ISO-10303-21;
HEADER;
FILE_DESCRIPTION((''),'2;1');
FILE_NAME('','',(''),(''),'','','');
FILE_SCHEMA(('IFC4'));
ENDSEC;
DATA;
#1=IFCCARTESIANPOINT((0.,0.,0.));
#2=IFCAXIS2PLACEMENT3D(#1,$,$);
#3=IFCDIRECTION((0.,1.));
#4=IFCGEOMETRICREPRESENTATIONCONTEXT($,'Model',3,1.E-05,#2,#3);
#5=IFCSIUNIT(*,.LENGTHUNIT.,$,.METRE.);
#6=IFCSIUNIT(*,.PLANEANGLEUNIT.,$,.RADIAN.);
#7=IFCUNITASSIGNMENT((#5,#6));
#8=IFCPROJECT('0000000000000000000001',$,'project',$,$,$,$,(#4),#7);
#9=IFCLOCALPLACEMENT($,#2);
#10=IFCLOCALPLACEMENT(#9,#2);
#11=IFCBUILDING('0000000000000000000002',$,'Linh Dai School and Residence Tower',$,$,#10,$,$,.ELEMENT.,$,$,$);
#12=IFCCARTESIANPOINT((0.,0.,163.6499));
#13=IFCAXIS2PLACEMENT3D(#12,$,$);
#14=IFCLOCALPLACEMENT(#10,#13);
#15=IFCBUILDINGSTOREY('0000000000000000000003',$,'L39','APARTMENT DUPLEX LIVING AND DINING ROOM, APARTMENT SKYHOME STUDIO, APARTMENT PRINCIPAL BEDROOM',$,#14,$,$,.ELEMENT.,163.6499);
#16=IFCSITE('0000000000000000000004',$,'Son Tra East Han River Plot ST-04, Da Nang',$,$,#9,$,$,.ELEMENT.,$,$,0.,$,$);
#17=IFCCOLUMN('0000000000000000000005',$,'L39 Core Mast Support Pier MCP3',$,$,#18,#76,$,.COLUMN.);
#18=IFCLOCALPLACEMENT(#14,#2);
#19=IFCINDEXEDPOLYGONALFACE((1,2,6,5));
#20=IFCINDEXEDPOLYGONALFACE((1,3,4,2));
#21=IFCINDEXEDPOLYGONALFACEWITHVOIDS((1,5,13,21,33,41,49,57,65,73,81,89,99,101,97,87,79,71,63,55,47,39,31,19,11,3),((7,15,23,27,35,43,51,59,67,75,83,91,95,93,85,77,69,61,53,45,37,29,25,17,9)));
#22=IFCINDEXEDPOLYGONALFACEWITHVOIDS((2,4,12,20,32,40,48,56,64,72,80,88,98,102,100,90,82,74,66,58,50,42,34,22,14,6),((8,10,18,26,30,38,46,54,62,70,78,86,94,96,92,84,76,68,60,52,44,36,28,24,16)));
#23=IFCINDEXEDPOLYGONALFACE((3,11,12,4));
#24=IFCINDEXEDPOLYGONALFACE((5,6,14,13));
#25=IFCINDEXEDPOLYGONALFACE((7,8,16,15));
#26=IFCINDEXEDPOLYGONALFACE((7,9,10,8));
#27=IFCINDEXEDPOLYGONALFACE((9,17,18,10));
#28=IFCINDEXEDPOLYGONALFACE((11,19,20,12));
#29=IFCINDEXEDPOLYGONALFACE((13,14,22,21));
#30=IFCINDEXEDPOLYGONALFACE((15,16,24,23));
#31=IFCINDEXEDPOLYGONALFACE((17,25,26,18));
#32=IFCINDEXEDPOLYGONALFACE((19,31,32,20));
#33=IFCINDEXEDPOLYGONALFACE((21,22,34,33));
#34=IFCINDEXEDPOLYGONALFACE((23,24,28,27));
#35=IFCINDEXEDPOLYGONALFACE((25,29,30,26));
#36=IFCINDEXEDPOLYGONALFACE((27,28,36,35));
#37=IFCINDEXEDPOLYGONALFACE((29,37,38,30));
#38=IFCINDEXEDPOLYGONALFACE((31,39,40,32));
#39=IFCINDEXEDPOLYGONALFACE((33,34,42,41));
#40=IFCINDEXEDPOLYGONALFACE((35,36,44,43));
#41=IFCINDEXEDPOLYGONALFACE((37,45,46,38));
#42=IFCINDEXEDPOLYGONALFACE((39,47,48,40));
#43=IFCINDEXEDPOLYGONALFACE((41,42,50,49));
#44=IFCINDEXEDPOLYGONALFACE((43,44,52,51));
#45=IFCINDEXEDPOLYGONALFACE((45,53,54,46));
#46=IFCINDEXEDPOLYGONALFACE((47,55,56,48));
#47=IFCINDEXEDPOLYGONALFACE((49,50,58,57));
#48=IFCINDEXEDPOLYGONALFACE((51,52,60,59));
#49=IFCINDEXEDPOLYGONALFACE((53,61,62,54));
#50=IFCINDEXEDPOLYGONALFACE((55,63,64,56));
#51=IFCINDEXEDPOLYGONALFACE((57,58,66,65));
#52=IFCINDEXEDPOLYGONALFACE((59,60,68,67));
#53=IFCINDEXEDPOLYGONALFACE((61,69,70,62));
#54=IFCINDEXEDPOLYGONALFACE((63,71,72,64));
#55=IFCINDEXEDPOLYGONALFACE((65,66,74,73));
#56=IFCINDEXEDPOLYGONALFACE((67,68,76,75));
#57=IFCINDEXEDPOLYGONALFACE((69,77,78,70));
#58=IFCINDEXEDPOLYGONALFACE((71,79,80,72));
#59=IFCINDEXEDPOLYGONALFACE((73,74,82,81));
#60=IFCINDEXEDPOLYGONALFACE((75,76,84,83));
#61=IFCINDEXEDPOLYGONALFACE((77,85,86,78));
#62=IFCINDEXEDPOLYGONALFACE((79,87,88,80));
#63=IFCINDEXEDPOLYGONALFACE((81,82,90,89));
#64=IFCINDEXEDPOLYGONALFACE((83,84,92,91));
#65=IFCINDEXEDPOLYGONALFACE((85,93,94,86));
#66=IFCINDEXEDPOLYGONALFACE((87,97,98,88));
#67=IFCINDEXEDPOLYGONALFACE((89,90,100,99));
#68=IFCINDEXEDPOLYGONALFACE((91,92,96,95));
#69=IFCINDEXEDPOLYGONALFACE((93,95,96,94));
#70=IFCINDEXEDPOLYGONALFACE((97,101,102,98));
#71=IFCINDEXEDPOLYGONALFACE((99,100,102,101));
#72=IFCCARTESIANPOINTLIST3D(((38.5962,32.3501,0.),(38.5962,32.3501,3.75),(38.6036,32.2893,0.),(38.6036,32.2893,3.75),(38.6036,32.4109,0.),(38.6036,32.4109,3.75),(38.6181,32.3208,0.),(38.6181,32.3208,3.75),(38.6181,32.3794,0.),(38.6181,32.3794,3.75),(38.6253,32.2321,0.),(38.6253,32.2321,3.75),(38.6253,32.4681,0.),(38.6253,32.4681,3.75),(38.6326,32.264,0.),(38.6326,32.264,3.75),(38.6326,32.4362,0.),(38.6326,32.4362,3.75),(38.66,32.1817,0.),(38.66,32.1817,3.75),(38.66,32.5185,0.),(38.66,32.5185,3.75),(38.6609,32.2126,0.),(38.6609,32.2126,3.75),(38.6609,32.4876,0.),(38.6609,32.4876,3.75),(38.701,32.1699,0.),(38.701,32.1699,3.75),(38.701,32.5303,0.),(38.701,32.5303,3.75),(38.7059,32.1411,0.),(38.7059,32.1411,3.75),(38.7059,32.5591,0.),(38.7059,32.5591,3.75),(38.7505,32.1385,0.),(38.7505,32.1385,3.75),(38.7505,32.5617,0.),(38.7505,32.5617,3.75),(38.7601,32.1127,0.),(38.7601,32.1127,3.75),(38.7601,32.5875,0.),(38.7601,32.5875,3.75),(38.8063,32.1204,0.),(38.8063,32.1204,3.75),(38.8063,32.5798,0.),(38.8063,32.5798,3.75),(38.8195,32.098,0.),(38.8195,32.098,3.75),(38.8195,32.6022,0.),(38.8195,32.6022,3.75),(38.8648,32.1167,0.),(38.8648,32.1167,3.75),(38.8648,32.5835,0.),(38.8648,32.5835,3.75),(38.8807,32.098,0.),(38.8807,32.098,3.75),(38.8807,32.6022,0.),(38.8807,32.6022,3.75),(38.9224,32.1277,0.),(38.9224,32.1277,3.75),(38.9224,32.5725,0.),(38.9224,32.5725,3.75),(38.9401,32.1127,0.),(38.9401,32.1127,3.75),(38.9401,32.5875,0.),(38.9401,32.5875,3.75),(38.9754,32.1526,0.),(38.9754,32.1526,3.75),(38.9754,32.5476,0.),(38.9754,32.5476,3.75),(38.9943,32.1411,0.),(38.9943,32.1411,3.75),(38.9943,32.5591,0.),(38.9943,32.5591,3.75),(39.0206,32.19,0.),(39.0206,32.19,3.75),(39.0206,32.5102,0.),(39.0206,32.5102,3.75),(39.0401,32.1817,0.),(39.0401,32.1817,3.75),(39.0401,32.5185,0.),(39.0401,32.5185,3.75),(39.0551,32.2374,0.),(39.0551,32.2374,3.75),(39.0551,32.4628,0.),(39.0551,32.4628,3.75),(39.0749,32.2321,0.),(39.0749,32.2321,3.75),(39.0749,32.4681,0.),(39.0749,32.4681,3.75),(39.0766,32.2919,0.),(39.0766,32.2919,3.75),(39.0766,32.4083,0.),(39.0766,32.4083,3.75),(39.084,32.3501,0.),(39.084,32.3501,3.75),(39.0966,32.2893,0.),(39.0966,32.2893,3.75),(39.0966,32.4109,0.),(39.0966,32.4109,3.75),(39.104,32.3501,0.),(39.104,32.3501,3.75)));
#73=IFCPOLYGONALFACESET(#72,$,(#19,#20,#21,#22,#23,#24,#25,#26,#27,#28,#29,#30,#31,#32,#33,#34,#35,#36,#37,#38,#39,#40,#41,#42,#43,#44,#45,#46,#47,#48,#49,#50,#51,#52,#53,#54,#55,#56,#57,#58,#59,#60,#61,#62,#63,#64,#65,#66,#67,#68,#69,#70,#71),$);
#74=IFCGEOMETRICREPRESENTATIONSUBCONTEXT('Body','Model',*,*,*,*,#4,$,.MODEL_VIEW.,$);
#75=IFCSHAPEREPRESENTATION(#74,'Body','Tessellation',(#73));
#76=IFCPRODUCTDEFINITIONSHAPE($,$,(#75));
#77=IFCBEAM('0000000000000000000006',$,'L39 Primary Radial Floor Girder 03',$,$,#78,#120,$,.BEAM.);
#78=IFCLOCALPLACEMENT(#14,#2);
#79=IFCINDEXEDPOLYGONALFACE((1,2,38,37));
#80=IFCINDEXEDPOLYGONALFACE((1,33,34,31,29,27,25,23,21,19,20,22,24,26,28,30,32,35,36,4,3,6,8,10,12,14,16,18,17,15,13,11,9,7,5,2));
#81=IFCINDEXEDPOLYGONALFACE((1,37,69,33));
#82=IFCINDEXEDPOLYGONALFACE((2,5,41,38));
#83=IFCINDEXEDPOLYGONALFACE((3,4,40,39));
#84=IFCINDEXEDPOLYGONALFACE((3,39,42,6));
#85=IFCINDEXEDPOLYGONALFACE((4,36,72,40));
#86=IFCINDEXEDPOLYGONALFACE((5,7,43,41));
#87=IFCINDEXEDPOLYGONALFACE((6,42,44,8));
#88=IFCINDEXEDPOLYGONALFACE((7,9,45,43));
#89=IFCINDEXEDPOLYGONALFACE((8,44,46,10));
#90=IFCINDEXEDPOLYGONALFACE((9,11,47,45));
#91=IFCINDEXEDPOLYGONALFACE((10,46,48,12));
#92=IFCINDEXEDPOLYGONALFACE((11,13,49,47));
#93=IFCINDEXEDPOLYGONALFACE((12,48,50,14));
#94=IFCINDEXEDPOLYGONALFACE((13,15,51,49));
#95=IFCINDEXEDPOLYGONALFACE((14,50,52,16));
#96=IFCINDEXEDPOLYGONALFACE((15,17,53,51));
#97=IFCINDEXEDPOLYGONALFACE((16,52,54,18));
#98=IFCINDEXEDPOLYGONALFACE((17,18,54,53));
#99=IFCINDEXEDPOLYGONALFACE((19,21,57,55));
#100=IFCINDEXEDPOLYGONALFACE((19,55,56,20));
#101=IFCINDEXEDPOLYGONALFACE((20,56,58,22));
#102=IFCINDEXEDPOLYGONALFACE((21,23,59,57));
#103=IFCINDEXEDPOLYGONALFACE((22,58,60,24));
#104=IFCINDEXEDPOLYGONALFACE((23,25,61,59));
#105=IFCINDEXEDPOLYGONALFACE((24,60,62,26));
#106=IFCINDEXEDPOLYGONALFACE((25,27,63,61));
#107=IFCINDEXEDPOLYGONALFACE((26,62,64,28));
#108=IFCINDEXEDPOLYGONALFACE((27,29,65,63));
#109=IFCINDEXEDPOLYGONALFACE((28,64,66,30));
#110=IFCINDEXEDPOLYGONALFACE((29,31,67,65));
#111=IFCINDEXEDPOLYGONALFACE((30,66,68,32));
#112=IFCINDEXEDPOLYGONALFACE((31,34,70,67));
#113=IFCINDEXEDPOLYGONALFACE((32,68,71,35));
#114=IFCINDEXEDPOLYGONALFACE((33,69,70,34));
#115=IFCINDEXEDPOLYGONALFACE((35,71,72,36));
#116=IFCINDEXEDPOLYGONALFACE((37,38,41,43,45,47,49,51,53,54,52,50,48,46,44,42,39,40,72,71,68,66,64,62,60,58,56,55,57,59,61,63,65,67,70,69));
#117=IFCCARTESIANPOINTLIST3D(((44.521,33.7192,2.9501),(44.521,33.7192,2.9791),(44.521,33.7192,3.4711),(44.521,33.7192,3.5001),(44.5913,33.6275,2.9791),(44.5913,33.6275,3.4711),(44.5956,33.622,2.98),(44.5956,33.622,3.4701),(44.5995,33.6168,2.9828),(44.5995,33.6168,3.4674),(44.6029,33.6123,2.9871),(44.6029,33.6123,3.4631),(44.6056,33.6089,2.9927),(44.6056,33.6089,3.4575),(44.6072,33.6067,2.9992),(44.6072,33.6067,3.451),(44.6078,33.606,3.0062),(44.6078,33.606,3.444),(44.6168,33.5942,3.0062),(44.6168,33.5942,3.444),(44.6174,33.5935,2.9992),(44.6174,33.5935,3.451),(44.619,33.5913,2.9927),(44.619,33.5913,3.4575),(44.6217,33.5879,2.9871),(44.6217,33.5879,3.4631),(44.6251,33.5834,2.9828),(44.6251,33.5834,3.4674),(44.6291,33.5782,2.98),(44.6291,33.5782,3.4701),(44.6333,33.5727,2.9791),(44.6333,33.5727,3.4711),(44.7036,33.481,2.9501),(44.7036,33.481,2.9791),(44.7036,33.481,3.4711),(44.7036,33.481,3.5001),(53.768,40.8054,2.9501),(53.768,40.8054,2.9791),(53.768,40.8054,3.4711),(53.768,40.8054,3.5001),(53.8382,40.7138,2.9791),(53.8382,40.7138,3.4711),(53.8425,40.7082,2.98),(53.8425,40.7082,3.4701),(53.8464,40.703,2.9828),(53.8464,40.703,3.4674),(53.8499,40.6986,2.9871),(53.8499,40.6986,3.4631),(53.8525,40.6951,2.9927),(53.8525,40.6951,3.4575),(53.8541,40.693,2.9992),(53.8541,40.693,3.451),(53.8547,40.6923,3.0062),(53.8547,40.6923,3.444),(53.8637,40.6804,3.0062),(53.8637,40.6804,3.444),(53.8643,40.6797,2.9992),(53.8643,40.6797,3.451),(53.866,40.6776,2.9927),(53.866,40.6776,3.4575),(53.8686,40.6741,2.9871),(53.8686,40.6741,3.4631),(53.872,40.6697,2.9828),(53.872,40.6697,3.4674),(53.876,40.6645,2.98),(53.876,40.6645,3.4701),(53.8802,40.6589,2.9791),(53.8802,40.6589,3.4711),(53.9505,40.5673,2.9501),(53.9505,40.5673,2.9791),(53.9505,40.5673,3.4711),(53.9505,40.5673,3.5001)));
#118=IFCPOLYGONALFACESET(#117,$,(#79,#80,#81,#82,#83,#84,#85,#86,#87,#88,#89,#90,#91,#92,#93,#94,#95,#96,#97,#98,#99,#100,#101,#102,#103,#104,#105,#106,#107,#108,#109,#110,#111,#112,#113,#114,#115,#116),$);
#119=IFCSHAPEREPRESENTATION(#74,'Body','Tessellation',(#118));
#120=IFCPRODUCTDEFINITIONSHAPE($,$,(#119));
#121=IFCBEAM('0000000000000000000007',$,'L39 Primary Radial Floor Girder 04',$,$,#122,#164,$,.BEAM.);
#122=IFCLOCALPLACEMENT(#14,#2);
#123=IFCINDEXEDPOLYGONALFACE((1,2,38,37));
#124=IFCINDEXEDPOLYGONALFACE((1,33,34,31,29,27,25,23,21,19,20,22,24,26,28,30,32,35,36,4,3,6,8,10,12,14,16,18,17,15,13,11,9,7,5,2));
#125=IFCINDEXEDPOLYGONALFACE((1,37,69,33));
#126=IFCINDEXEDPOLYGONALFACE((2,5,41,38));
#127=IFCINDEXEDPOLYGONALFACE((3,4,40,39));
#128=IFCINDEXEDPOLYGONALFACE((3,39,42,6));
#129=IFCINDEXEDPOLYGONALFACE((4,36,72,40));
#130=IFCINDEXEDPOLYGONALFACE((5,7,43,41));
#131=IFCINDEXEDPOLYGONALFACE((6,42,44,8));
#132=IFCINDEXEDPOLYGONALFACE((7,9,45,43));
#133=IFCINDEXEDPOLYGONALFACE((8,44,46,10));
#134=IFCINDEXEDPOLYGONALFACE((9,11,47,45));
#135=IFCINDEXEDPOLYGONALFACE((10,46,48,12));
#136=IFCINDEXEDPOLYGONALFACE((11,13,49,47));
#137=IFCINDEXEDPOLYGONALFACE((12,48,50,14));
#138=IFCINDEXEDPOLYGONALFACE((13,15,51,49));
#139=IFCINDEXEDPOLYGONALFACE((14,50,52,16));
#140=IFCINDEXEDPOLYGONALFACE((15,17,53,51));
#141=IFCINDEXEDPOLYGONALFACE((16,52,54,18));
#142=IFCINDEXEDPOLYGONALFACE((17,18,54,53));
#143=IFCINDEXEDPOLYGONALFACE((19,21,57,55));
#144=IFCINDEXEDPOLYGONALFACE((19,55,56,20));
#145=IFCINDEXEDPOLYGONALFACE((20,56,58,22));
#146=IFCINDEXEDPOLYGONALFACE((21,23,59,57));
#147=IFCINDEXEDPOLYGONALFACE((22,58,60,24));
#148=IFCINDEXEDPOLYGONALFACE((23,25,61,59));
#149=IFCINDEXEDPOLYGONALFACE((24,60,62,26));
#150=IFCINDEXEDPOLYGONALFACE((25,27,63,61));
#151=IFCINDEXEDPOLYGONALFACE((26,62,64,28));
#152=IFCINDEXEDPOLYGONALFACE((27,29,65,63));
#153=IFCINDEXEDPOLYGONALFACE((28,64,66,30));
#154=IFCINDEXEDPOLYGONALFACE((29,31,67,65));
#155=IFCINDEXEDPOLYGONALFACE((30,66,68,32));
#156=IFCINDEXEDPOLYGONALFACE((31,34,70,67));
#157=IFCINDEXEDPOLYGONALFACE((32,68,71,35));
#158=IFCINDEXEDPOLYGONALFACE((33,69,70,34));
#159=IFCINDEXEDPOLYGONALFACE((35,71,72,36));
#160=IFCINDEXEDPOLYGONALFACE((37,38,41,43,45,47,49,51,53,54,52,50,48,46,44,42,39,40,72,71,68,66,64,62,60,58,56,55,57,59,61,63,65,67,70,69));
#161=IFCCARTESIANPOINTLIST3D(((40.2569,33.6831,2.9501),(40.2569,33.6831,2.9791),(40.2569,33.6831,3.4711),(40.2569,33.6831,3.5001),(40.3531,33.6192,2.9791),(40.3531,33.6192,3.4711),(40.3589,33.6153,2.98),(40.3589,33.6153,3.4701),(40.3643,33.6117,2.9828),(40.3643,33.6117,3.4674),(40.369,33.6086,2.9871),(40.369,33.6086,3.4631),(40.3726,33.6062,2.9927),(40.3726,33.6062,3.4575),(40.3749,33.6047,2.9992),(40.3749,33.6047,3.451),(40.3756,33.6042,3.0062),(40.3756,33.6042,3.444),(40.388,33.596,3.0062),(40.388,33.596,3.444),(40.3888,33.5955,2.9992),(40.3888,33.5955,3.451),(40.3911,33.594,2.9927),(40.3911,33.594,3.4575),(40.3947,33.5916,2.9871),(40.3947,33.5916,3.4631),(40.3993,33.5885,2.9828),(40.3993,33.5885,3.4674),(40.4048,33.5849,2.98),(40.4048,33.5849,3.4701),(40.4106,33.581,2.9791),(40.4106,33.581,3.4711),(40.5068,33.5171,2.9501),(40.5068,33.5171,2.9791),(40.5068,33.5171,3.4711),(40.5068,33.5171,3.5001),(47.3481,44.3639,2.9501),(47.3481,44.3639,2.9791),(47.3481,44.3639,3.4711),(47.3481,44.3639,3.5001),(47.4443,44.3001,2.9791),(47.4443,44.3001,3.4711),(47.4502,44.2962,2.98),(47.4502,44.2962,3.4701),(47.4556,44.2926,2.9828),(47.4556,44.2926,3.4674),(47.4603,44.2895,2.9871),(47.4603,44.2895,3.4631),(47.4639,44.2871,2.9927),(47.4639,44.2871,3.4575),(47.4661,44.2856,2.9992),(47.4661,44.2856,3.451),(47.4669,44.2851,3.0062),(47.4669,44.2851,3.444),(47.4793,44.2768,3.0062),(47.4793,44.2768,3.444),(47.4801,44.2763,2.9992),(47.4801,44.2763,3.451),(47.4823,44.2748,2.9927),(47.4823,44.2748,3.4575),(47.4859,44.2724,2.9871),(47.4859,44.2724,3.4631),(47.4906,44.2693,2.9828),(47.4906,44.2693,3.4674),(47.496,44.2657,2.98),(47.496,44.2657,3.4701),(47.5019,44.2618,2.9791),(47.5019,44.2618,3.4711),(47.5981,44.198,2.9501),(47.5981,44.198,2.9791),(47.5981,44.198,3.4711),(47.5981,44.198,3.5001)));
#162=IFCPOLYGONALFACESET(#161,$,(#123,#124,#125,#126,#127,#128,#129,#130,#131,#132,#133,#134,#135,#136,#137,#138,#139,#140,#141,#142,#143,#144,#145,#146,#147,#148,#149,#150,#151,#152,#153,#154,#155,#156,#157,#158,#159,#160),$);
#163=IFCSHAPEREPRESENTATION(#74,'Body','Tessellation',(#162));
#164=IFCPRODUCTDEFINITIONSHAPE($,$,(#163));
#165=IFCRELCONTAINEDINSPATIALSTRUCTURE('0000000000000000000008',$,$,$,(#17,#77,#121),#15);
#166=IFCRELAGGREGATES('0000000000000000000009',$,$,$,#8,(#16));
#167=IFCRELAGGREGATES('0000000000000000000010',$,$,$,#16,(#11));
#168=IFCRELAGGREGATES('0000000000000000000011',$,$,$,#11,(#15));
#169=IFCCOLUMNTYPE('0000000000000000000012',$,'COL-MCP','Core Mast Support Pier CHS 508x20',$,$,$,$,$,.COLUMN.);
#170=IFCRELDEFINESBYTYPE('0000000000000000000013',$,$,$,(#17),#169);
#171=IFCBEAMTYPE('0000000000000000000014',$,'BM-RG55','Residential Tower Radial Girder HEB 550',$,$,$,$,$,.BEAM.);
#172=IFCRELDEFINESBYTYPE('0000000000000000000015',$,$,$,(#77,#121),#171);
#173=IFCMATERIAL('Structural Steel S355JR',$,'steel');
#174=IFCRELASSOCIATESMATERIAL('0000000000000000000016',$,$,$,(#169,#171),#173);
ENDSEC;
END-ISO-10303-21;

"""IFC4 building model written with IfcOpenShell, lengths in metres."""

from ifc_helpers import new_model, si_unit, direction, frame, origin, origin_2d, place, context, subcontext, project, spatial, hollow_circle, i_section, extrude, material, material_profile, profile_set, type_object, element, save


model = new_model("IFC4")

# Units and contexts
model_context = context("Model", 3, precision=1e-05, world=origin(), true_north=direction((0.0, 1.0)))
body_context = subcontext(model_context, "Body", "Model", "MODEL_VIEW")
ifc_project = project(units=[si_unit("LENGTHUNIT", "METRE"), si_unit("PLANEANGLEUNIT", "RADIAN")], contexts=[model_context])

# Site, building, storey
site_placement = place(None, origin())
site = spatial("IfcSite", under=ifc_project, at=site_placement, Name="Son Tra East Han River Plot ST-04, Da Nang", CompositionType="ELEMENT", RefElevation=0.0)
building_placement = place(site_placement, origin())
building = spatial("IfcBuilding", under=site, at=building_placement, Name="Linh Dai School and Residence Tower", CompositionType="ELEMENT")
storey_placement = place(building_placement, frame((0.0, 0.0, 163.6499)))
storey = spatial("IfcBuildingStorey", under=building, at=storey_placement, Name="L39", Description="APARTMENT DUPLEX LIVING AND DINING ROOM, APARTMENT SKYHOME STUDIO, APARTMENT PRINCIPAL BEDROOM", CompositionType="ELEMENT", Elevation=163.6499)

# Column
ifc_material_1 = material(Name="Structural Steel S355JR", Category="steel")
ifc_material_profile_1 = material_profile(ifc_material_1, hollow_circle(Radius=0.2539, WallThickness=0.02, at=origin_2d()), Name="CHS 508x20")
ifc_profile_set_1 = profile_set([ifc_material_profile_1], Name="Structural Steel S355JR")
column_type_1 = type_object("IfcColumnType", Name="COL-MCP", Description="Core Mast Support Pier CHS 508x20", PredefinedType="COLUMN", material=ifc_profile_set_1)
column_placement = place(storey_placement, frame((38.8501, 32.3501, 0.0), z_axis=(0.0, 0.0, 1.0), x_axis=(1.0, 0.0, 0.0)))
element("IfcColumn", 1, at=column_placement, inside=storey, type_object=column_type_1, Name="L39 Core Mast Support Pier MCP3", PredefinedType="COLUMN", context=body_context, shape_type="SweptSolid", body=[
    extrude(hollow_circle(Radius=0.2539, WallThickness=0.02, at=origin_2d()), origin(), (0.0, 0.0, 1.0), 3.75),
])

# Beams
ifc_material_profile_2 = material_profile(ifc_material_1, i_section(OverallWidth=0.3, OverallDepth=0.55, WebThickness=0.0149, FlangeThickness=0.0291, FilletRadius=0.0271, at=origin_2d()), Name="HEB 550")
ifc_profile_set_2 = profile_set([ifc_material_profile_2], Name="Structural Steel S355JR")
beam_type_1 = type_object("IfcBeamType", Name="BM-RG55", Description="Residential Tower Radial Girder HEB 550", PredefinedType="BEAM", material=ifc_profile_set_2)
beam_1_placement = place(storey_placement, frame((44.6123, 33.6001, 3.2251), z_axis=(0.793733, 0.608267, 0.0), x_axis=(-0.608267, 0.793733, 0.0)))
element("IfcBeam", 2, at=beam_1_placement, inside=storey, type_object=beam_type_1, Name="L39 Primary Radial Floor Girder 03", PredefinedType="BEAM", context=body_context, shape_type="SweptSolid", body=[
    extrude(i_section(OverallWidth=0.3, OverallDepth=0.55, WebThickness=0.0149, FlangeThickness=0.0291, FilletRadius=0.0271, at=origin_2d()), origin(), (0.0, 0.0, 1.0), 11.6499),
])
beam_2_placement = place(storey_placement, frame((40.3818, 33.6001, 3.2251), z_axis=(0.553117, 0.833103, 0.0), x_axis=(-0.833103, 0.553117, 0.0)))
element("IfcBeam", 3, at=beam_2_placement, inside=storey, type_object=beam_type_1, Name="L39 Primary Radial Floor Girder 04", PredefinedType="BEAM", context=body_context, shape_type="SweptSolid", body=[
    extrude(i_section(OverallWidth=0.3, OverallDepth=0.55, WebThickness=0.0149, FlangeThickness=0.0291, FilletRadius=0.0271, at=origin_2d()), origin(), (0.0, 0.0, 1.0), 12.8206),
])

save(model, "model.ifc")
